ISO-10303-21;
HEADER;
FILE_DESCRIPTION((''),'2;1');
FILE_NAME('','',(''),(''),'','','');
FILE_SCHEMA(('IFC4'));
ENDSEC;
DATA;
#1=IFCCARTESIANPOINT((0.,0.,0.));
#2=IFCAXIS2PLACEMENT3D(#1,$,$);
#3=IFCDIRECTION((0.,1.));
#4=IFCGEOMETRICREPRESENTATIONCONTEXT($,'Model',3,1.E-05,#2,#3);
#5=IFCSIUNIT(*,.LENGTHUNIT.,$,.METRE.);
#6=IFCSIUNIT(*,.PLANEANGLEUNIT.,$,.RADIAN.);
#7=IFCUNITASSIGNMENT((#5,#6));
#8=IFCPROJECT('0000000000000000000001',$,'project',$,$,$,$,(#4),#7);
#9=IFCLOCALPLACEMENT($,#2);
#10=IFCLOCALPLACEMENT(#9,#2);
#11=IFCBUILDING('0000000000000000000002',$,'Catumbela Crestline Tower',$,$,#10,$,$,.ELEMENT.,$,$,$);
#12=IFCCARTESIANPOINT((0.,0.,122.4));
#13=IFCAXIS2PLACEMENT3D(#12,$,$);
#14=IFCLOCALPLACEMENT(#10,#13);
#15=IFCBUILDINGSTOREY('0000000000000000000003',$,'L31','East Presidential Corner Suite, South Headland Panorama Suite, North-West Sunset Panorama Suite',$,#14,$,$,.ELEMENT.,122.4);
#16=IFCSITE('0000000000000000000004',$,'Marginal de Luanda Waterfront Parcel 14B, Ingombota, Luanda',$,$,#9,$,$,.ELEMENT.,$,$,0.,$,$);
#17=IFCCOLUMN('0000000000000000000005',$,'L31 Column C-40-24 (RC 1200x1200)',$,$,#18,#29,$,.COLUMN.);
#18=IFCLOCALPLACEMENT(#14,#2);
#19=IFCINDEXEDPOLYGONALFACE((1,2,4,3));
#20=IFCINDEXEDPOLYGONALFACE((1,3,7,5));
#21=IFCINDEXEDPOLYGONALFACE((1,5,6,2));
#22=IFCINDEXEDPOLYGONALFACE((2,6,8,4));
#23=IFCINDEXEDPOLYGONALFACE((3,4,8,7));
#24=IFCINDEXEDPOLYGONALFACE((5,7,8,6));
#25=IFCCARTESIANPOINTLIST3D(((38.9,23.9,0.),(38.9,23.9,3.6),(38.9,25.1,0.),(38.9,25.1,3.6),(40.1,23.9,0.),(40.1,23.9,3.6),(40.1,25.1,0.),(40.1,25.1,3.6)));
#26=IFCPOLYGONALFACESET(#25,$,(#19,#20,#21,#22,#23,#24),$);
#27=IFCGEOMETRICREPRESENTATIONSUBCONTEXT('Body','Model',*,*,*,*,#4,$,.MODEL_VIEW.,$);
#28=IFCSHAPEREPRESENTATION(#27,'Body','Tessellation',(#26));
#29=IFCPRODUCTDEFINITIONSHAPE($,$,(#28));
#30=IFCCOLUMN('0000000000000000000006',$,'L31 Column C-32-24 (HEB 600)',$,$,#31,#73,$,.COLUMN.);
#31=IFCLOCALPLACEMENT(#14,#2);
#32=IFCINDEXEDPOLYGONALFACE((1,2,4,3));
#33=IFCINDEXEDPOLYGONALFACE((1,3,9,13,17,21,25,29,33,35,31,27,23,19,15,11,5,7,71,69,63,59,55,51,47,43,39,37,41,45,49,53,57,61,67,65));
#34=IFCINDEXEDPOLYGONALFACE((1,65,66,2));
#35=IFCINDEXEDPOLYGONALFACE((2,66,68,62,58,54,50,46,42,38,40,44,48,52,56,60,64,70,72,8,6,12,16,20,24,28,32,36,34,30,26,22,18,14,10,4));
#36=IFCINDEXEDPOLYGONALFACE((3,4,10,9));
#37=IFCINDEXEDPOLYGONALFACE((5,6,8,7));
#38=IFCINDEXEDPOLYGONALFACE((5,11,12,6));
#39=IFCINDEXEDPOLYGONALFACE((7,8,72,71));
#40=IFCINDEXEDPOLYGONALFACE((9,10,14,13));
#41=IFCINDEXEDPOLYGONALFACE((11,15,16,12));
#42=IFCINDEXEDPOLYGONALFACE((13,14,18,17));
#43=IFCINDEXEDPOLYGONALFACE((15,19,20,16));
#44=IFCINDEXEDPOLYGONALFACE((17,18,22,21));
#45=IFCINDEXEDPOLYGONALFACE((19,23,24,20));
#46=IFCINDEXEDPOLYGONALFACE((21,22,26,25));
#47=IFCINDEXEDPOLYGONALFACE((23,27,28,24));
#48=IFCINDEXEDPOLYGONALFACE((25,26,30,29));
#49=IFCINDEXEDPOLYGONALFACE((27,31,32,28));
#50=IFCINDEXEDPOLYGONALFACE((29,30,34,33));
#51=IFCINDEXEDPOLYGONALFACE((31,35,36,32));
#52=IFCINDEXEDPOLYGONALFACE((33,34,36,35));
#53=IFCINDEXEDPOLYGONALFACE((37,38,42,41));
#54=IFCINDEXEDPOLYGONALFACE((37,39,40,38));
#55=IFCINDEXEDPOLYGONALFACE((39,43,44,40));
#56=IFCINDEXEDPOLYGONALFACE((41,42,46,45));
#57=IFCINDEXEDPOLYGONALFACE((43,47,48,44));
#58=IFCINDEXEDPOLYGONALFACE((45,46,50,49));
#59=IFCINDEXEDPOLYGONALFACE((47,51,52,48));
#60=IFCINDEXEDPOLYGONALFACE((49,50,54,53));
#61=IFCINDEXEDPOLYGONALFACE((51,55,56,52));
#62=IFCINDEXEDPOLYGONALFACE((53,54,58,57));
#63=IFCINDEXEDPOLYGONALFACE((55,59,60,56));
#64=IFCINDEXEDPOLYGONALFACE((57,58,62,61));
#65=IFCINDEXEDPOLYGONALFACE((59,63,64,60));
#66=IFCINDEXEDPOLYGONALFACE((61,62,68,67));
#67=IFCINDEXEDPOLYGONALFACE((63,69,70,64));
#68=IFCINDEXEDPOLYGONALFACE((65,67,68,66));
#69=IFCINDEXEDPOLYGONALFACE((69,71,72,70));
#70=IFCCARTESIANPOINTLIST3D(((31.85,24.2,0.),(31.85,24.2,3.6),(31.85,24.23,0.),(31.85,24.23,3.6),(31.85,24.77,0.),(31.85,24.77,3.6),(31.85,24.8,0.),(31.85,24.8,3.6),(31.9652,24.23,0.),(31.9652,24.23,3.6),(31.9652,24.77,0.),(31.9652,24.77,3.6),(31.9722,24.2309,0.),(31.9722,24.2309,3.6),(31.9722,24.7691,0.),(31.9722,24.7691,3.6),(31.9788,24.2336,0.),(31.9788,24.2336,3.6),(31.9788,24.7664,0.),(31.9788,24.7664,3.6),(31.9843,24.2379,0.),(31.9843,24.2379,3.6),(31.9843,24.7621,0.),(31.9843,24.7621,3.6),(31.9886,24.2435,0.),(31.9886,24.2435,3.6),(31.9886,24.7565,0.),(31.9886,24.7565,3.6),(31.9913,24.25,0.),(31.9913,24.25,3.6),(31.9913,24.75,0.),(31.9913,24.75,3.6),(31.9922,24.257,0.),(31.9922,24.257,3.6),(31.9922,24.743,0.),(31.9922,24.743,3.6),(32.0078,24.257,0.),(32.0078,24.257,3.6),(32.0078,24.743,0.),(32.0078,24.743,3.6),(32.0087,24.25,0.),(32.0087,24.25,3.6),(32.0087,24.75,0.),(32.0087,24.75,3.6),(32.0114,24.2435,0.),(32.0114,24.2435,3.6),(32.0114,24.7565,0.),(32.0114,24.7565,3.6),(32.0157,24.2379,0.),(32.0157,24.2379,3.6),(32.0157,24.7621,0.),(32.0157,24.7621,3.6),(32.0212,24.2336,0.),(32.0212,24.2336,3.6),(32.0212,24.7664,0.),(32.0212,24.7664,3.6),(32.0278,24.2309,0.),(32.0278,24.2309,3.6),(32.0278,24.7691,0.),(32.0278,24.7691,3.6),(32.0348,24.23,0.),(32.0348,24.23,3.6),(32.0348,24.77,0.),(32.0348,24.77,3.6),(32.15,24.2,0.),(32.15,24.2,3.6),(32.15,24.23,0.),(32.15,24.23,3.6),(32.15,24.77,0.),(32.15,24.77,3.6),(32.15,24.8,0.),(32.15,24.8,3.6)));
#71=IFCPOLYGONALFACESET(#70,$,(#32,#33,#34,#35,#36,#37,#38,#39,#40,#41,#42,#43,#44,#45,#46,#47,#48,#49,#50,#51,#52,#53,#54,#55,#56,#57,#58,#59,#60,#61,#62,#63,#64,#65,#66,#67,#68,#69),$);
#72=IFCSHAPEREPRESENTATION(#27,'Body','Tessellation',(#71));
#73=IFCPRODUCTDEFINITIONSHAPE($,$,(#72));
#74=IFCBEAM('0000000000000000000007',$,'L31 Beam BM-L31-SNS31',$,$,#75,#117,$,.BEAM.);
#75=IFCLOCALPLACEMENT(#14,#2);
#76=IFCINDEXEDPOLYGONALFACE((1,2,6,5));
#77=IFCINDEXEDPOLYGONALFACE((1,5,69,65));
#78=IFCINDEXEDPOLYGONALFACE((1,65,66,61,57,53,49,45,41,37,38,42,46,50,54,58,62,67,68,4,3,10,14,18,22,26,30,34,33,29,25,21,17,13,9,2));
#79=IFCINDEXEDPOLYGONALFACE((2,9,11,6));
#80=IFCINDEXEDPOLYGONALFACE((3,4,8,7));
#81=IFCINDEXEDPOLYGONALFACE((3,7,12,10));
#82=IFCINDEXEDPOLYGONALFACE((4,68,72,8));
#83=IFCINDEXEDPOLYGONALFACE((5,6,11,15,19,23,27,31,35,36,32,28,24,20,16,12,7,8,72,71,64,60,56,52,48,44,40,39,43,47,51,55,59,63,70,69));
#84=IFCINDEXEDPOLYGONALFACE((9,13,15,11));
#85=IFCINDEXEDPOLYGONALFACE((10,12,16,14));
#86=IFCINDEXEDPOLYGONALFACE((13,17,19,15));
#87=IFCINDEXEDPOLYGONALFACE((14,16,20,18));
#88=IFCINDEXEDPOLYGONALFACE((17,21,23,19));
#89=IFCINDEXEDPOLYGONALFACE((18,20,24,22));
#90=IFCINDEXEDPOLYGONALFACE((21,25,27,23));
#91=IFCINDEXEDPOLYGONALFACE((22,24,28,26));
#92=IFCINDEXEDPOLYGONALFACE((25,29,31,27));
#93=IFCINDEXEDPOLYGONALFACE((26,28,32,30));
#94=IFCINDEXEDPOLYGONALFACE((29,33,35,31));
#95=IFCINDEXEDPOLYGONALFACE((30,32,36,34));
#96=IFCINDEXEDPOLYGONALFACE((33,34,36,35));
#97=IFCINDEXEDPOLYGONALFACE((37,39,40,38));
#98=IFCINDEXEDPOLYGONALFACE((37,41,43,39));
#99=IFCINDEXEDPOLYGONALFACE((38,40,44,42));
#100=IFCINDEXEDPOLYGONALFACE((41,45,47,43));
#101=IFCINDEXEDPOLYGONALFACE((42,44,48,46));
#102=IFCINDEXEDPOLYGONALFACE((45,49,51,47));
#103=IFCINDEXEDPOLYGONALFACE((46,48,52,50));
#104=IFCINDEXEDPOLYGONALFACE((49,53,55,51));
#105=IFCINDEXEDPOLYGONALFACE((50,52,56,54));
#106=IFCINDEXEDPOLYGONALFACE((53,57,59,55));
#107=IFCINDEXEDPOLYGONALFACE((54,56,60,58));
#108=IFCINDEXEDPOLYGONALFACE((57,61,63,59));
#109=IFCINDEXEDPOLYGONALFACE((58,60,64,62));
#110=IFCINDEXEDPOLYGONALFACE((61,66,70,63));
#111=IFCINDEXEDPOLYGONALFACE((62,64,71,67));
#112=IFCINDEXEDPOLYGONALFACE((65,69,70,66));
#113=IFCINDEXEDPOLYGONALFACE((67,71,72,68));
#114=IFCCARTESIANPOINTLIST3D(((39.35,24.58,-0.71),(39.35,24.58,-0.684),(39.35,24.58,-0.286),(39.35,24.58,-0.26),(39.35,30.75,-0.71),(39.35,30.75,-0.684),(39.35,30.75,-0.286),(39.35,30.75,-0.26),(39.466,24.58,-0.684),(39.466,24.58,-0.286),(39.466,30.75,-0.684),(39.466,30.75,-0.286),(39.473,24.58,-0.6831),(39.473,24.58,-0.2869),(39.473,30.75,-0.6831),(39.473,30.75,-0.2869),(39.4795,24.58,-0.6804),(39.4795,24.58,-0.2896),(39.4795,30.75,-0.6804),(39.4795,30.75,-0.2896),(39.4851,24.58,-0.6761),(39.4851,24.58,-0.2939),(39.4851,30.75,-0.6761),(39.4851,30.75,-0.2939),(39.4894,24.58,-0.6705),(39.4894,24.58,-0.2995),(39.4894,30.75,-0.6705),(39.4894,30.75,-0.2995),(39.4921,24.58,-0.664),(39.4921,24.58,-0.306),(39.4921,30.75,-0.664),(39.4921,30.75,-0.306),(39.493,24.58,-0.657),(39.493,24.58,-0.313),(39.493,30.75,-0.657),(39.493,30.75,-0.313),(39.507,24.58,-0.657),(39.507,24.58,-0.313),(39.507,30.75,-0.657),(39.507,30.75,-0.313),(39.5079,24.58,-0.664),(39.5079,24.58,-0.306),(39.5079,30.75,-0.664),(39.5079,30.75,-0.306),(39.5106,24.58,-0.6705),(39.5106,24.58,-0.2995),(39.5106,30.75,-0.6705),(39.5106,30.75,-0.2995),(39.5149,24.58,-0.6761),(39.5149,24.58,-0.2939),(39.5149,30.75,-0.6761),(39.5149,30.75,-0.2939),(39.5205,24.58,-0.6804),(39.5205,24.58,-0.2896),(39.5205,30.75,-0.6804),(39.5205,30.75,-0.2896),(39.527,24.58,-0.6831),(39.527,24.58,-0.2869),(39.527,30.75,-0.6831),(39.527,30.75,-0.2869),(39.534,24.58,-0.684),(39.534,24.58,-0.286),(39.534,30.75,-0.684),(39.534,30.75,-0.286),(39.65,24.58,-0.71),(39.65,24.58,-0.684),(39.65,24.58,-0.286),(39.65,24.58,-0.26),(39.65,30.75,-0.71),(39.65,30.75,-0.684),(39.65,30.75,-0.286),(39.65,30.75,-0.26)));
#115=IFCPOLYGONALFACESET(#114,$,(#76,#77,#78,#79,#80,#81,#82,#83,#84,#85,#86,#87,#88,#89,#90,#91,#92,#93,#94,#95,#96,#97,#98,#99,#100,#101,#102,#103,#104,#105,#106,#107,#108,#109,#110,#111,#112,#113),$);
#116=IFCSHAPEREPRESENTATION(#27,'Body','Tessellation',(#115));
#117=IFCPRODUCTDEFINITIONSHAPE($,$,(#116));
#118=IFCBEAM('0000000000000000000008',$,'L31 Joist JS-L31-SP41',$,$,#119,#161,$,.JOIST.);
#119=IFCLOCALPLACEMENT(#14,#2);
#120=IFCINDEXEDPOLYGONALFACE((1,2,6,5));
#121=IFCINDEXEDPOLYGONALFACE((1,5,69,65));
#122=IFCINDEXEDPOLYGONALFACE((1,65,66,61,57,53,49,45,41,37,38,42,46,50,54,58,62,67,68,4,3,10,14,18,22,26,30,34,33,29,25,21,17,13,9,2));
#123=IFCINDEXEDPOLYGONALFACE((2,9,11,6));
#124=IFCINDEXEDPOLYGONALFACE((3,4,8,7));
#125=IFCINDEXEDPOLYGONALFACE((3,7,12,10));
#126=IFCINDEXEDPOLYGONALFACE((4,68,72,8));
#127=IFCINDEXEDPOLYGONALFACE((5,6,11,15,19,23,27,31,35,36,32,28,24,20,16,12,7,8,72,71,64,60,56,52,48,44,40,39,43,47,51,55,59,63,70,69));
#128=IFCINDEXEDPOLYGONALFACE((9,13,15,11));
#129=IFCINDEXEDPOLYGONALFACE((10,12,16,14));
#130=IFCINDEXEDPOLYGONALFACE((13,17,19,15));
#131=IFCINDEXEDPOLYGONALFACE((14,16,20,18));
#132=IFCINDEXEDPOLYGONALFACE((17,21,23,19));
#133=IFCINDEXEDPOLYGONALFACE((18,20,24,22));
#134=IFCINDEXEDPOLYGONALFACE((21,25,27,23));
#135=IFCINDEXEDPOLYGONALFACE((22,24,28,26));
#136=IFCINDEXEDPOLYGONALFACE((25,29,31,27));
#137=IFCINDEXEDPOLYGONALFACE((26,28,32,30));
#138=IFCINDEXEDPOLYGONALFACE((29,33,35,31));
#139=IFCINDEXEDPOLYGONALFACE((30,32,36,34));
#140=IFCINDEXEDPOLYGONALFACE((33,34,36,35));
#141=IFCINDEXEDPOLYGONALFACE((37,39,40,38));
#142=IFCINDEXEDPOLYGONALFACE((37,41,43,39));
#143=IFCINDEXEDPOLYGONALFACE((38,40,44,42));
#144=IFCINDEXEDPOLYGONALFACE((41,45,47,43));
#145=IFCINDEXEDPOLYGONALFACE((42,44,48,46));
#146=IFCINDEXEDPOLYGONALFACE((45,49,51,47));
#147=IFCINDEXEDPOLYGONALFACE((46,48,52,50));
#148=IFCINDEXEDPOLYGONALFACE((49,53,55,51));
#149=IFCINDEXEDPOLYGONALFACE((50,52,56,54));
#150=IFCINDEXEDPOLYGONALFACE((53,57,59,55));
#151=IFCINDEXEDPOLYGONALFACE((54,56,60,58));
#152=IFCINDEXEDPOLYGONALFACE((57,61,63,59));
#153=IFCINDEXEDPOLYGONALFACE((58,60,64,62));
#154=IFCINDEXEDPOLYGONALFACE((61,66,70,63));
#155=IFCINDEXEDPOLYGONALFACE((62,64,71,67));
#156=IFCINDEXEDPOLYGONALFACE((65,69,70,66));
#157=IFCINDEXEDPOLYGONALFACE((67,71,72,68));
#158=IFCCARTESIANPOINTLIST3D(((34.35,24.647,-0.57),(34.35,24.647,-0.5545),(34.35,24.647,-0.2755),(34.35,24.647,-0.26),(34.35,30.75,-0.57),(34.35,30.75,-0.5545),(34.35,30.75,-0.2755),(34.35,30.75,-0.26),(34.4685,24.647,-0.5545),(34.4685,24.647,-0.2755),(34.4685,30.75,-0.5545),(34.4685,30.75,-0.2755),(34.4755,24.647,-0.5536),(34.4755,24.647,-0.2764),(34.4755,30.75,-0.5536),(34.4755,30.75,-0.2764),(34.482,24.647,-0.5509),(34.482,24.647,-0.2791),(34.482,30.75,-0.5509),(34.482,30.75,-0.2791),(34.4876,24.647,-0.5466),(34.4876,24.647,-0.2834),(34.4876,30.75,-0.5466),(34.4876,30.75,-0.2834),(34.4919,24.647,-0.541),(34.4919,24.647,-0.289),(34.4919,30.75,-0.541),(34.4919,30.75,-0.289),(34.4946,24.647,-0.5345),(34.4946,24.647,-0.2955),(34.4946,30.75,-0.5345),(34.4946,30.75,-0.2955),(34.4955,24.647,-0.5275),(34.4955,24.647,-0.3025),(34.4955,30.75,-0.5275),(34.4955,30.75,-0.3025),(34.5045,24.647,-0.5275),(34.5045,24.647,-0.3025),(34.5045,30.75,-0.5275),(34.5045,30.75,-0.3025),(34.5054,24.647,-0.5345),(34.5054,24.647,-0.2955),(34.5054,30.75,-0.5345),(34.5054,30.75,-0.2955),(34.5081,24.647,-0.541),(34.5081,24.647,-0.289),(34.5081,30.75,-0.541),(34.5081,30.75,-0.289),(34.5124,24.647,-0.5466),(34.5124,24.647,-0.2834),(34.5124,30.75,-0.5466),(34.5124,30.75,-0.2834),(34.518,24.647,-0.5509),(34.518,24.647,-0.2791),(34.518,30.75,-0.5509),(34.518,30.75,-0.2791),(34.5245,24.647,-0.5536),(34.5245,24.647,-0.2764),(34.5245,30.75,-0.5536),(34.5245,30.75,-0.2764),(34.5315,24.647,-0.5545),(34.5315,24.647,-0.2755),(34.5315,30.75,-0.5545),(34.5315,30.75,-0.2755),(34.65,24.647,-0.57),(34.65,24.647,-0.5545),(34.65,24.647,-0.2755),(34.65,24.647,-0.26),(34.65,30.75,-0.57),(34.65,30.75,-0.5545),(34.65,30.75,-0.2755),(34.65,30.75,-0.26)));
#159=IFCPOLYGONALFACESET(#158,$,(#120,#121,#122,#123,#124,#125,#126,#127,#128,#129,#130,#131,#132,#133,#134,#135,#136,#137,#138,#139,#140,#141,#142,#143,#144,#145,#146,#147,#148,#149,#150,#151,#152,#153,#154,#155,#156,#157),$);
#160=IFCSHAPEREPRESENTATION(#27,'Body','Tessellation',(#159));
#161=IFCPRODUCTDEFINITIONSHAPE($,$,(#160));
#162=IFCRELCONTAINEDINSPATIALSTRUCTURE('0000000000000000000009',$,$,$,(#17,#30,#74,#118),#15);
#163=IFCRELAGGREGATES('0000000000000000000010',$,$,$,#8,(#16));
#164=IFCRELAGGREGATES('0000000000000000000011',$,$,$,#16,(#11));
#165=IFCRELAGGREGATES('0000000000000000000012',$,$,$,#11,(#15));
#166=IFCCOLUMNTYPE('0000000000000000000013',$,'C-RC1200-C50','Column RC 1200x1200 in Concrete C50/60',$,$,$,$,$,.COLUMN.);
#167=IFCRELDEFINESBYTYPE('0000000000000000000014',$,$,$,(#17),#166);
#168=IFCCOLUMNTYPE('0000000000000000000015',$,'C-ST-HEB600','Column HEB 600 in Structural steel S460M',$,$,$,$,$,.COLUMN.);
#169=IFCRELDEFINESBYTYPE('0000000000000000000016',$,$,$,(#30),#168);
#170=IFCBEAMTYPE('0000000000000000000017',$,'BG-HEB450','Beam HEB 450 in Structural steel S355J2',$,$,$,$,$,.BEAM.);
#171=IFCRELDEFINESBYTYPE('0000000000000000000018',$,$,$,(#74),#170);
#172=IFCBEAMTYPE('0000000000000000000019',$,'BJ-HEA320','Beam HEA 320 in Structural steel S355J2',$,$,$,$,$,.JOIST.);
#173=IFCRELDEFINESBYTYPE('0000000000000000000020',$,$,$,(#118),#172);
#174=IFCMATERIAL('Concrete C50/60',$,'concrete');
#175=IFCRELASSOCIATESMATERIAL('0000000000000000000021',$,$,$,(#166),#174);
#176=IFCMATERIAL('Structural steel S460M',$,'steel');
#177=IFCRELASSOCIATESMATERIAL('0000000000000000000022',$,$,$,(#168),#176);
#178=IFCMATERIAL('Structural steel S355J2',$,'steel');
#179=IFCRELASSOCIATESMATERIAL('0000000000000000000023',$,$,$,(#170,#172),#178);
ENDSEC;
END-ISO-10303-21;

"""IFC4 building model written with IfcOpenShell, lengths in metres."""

from ifc_helpers import new_model, si_unit, direction, frame, origin, origin_2d, place, context, subcontext, project, spatial, rectangle, i_section, extrude, material, material_profile, profile_set, type_object, element, save


model = new_model("IFC4")

# Units and contexts
model_context = context("Model", 3, precision=1e-05, world=origin(), true_north=direction((0.0, 1.0)))
body_context = subcontext(model_context, "Body", "Model", "MODEL_VIEW")
ifc_project = project(units=[si_unit("LENGTHUNIT", "METRE"), si_unit("PLANEANGLEUNIT", "RADIAN")], contexts=[model_context])

# Site, building, storey
site_placement = place(None, origin())
site = spatial("IfcSite", under=ifc_project, at=site_placement, Name="Marginal de Luanda Waterfront Parcel 14B, Ingombota, Luanda", CompositionType="ELEMENT", RefElevation=0.0)
building_placement = place(site_placement, origin())
building = spatial("IfcBuilding", under=site, at=building_placement, Name="Catumbela Crestline Tower", CompositionType="ELEMENT")
storey_placement = place(building_placement, frame((0.0, 0.0, 122.4)))
storey = spatial("IfcBuildingStorey", under=building, at=storey_placement, Name="L31", Description="East Presidential Corner Suite, South Headland Panorama Suite, North-West Sunset Panorama Suite", CompositionType="ELEMENT", Elevation=122.4)

# Columns
ifc_material_1 = material(Name="Concrete C50/60", Category="concrete")
ifc_material_profile_1 = material_profile(ifc_material_1, rectangle(XDim=1.2, YDim=1.2, at=origin_2d()), Name="RC 1200x1200")
ifc_profile_set_1 = profile_set([ifc_material_profile_1], Name="Concrete C50/60")
column_type_1 = type_object("IfcColumnType", Name="C-RC1200-C50", Description="Column RC 1200x1200 in Concrete C50/60", PredefinedType="COLUMN", material=ifc_profile_set_1)
column_1_placement = place(storey_placement, frame((39.5, 24.5, 0.0), z_axis=(0.0, 0.0, 1.0), x_axis=(1.0, 0.0, 0.0)))
element("IfcColumn", 1, at=column_1_placement, inside=storey, type_object=column_type_1, Name="L31 Column C-40-24 (RC 1200x1200)", PredefinedType="COLUMN", context=body_context, shape_type="SweptSolid", body=[
    extrude(rectangle(XDim=1.2, YDim=1.2, at=origin_2d()), origin(), (0.0, 0.0, 1.0), 3.6),
])
ifc_material_2 = material(Name="Structural steel S460M", Category="steel")
ifc_material_profile_2 = material_profile(ifc_material_2, i_section(OverallWidth=0.3, OverallDepth=0.6, WebThickness=0.0155, FlangeThickness=0.03, FilletRadius=0.027, at=origin_2d()), Name="HEB 600")
ifc_profile_set_2 = profile_set([ifc_material_profile_2], Name="Structural steel S460M")
column_type_2 = type_object("IfcColumnType", Name="C-ST-HEB600", Description="Column HEB 600 in Structural steel S460M", PredefinedType="COLUMN", material=ifc_profile_set_2)
column_2_placement = place(storey_placement, frame((32.0, 24.5, 0.0), z_axis=(0.0, 0.0, 1.0), x_axis=(1.0, 0.0, 0.0)))
element("IfcColumn", 2, at=column_2_placement, inside=storey, type_object=column_type_2, Name="L31 Column C-32-24 (HEB 600)", PredefinedType="COLUMN", context=body_context, shape_type="SweptSolid", body=[
    extrude(i_section(OverallWidth=0.3, OverallDepth=0.6, WebThickness=0.0155, FlangeThickness=0.03, FilletRadius=0.027, at=origin_2d()), origin(), (0.0, 0.0, 1.0), 3.6),
])

# Beams
ifc_material_3 = material(Name="Structural steel S355J2", Category="steel")
ifc_material_profile_3 = material_profile(ifc_material_3, i_section(OverallWidth=0.3, OverallDepth=0.45, WebThickness=0.014, FlangeThickness=0.026, FilletRadius=0.027, at=origin_2d()), Name="HEB 450")
ifc_profile_set_3 = profile_set([ifc_material_profile_3], Name="Structural steel S355J2")
beam_type_1 = type_object("IfcBeamType", Name="BG-HEB450", Description="Beam HEB 450 in Structural steel S355J2", PredefinedType="BEAM", material=ifc_profile_set_3)
beam_1_placement = place(storey_placement, frame((39.5, 24.58, -0.485), z_axis=(0.0, 1.0, 0.0), x_axis=(-1.0, 0.0, 0.0)))
element("IfcBeam", 3, at=beam_1_placement, inside=storey, type_object=beam_type_1, Name="L31 Beam BM-L31-SNS31", PredefinedType="BEAM", context=body_context, shape_type="SweptSolid", body=[
    extrude(i_section(OverallWidth=0.3, OverallDepth=0.45, WebThickness=0.014, FlangeThickness=0.026, FilletRadius=0.027, at=origin_2d()), origin(), (0.0, 0.0, 1.0), 6.17),
])
ifc_material_profile_4 = material_profile(ifc_material_3, i_section(OverallWidth=0.3, OverallDepth=0.31, WebThickness=0.009, FlangeThickness=0.0155, FilletRadius=0.027, at=origin_2d()), Name="HEA 320")
ifc_profile_set_4 = profile_set([ifc_material_profile_4], Name="Structural steel S355J2")
beam_type_2 = type_object("IfcBeamType", Name="BJ-HEA320", Description="Beam HEA 320 in Structural steel S355J2", PredefinedType="JOIST", material=ifc_profile_set_4)
for number, where, z_axis, x_axis, name in (
    (4, (34.5, 24.647, -0.415), (0.0, 1.0, 0.0), (-1.0, 0.0, 0.0), "L31 Joist JS-L31-SP41"),
):
    element("IfcBeam", number, at=place(storey_placement, frame(where, z_axis=z_axis, x_axis=x_axis)), inside=storey, type_object=beam_type_2, Name=name, PredefinedType="JOIST", context=body_context, shape_type="SweptSolid", body=[
        extrude(i_section(OverallWidth=0.3, OverallDepth=0.31, WebThickness=0.009, FlangeThickness=0.0155, FilletRadius=0.027, at=origin_2d()), origin(), (0.0, 0.0, 1.0), 6.103),
    ])

save(model, "model.ifc")
